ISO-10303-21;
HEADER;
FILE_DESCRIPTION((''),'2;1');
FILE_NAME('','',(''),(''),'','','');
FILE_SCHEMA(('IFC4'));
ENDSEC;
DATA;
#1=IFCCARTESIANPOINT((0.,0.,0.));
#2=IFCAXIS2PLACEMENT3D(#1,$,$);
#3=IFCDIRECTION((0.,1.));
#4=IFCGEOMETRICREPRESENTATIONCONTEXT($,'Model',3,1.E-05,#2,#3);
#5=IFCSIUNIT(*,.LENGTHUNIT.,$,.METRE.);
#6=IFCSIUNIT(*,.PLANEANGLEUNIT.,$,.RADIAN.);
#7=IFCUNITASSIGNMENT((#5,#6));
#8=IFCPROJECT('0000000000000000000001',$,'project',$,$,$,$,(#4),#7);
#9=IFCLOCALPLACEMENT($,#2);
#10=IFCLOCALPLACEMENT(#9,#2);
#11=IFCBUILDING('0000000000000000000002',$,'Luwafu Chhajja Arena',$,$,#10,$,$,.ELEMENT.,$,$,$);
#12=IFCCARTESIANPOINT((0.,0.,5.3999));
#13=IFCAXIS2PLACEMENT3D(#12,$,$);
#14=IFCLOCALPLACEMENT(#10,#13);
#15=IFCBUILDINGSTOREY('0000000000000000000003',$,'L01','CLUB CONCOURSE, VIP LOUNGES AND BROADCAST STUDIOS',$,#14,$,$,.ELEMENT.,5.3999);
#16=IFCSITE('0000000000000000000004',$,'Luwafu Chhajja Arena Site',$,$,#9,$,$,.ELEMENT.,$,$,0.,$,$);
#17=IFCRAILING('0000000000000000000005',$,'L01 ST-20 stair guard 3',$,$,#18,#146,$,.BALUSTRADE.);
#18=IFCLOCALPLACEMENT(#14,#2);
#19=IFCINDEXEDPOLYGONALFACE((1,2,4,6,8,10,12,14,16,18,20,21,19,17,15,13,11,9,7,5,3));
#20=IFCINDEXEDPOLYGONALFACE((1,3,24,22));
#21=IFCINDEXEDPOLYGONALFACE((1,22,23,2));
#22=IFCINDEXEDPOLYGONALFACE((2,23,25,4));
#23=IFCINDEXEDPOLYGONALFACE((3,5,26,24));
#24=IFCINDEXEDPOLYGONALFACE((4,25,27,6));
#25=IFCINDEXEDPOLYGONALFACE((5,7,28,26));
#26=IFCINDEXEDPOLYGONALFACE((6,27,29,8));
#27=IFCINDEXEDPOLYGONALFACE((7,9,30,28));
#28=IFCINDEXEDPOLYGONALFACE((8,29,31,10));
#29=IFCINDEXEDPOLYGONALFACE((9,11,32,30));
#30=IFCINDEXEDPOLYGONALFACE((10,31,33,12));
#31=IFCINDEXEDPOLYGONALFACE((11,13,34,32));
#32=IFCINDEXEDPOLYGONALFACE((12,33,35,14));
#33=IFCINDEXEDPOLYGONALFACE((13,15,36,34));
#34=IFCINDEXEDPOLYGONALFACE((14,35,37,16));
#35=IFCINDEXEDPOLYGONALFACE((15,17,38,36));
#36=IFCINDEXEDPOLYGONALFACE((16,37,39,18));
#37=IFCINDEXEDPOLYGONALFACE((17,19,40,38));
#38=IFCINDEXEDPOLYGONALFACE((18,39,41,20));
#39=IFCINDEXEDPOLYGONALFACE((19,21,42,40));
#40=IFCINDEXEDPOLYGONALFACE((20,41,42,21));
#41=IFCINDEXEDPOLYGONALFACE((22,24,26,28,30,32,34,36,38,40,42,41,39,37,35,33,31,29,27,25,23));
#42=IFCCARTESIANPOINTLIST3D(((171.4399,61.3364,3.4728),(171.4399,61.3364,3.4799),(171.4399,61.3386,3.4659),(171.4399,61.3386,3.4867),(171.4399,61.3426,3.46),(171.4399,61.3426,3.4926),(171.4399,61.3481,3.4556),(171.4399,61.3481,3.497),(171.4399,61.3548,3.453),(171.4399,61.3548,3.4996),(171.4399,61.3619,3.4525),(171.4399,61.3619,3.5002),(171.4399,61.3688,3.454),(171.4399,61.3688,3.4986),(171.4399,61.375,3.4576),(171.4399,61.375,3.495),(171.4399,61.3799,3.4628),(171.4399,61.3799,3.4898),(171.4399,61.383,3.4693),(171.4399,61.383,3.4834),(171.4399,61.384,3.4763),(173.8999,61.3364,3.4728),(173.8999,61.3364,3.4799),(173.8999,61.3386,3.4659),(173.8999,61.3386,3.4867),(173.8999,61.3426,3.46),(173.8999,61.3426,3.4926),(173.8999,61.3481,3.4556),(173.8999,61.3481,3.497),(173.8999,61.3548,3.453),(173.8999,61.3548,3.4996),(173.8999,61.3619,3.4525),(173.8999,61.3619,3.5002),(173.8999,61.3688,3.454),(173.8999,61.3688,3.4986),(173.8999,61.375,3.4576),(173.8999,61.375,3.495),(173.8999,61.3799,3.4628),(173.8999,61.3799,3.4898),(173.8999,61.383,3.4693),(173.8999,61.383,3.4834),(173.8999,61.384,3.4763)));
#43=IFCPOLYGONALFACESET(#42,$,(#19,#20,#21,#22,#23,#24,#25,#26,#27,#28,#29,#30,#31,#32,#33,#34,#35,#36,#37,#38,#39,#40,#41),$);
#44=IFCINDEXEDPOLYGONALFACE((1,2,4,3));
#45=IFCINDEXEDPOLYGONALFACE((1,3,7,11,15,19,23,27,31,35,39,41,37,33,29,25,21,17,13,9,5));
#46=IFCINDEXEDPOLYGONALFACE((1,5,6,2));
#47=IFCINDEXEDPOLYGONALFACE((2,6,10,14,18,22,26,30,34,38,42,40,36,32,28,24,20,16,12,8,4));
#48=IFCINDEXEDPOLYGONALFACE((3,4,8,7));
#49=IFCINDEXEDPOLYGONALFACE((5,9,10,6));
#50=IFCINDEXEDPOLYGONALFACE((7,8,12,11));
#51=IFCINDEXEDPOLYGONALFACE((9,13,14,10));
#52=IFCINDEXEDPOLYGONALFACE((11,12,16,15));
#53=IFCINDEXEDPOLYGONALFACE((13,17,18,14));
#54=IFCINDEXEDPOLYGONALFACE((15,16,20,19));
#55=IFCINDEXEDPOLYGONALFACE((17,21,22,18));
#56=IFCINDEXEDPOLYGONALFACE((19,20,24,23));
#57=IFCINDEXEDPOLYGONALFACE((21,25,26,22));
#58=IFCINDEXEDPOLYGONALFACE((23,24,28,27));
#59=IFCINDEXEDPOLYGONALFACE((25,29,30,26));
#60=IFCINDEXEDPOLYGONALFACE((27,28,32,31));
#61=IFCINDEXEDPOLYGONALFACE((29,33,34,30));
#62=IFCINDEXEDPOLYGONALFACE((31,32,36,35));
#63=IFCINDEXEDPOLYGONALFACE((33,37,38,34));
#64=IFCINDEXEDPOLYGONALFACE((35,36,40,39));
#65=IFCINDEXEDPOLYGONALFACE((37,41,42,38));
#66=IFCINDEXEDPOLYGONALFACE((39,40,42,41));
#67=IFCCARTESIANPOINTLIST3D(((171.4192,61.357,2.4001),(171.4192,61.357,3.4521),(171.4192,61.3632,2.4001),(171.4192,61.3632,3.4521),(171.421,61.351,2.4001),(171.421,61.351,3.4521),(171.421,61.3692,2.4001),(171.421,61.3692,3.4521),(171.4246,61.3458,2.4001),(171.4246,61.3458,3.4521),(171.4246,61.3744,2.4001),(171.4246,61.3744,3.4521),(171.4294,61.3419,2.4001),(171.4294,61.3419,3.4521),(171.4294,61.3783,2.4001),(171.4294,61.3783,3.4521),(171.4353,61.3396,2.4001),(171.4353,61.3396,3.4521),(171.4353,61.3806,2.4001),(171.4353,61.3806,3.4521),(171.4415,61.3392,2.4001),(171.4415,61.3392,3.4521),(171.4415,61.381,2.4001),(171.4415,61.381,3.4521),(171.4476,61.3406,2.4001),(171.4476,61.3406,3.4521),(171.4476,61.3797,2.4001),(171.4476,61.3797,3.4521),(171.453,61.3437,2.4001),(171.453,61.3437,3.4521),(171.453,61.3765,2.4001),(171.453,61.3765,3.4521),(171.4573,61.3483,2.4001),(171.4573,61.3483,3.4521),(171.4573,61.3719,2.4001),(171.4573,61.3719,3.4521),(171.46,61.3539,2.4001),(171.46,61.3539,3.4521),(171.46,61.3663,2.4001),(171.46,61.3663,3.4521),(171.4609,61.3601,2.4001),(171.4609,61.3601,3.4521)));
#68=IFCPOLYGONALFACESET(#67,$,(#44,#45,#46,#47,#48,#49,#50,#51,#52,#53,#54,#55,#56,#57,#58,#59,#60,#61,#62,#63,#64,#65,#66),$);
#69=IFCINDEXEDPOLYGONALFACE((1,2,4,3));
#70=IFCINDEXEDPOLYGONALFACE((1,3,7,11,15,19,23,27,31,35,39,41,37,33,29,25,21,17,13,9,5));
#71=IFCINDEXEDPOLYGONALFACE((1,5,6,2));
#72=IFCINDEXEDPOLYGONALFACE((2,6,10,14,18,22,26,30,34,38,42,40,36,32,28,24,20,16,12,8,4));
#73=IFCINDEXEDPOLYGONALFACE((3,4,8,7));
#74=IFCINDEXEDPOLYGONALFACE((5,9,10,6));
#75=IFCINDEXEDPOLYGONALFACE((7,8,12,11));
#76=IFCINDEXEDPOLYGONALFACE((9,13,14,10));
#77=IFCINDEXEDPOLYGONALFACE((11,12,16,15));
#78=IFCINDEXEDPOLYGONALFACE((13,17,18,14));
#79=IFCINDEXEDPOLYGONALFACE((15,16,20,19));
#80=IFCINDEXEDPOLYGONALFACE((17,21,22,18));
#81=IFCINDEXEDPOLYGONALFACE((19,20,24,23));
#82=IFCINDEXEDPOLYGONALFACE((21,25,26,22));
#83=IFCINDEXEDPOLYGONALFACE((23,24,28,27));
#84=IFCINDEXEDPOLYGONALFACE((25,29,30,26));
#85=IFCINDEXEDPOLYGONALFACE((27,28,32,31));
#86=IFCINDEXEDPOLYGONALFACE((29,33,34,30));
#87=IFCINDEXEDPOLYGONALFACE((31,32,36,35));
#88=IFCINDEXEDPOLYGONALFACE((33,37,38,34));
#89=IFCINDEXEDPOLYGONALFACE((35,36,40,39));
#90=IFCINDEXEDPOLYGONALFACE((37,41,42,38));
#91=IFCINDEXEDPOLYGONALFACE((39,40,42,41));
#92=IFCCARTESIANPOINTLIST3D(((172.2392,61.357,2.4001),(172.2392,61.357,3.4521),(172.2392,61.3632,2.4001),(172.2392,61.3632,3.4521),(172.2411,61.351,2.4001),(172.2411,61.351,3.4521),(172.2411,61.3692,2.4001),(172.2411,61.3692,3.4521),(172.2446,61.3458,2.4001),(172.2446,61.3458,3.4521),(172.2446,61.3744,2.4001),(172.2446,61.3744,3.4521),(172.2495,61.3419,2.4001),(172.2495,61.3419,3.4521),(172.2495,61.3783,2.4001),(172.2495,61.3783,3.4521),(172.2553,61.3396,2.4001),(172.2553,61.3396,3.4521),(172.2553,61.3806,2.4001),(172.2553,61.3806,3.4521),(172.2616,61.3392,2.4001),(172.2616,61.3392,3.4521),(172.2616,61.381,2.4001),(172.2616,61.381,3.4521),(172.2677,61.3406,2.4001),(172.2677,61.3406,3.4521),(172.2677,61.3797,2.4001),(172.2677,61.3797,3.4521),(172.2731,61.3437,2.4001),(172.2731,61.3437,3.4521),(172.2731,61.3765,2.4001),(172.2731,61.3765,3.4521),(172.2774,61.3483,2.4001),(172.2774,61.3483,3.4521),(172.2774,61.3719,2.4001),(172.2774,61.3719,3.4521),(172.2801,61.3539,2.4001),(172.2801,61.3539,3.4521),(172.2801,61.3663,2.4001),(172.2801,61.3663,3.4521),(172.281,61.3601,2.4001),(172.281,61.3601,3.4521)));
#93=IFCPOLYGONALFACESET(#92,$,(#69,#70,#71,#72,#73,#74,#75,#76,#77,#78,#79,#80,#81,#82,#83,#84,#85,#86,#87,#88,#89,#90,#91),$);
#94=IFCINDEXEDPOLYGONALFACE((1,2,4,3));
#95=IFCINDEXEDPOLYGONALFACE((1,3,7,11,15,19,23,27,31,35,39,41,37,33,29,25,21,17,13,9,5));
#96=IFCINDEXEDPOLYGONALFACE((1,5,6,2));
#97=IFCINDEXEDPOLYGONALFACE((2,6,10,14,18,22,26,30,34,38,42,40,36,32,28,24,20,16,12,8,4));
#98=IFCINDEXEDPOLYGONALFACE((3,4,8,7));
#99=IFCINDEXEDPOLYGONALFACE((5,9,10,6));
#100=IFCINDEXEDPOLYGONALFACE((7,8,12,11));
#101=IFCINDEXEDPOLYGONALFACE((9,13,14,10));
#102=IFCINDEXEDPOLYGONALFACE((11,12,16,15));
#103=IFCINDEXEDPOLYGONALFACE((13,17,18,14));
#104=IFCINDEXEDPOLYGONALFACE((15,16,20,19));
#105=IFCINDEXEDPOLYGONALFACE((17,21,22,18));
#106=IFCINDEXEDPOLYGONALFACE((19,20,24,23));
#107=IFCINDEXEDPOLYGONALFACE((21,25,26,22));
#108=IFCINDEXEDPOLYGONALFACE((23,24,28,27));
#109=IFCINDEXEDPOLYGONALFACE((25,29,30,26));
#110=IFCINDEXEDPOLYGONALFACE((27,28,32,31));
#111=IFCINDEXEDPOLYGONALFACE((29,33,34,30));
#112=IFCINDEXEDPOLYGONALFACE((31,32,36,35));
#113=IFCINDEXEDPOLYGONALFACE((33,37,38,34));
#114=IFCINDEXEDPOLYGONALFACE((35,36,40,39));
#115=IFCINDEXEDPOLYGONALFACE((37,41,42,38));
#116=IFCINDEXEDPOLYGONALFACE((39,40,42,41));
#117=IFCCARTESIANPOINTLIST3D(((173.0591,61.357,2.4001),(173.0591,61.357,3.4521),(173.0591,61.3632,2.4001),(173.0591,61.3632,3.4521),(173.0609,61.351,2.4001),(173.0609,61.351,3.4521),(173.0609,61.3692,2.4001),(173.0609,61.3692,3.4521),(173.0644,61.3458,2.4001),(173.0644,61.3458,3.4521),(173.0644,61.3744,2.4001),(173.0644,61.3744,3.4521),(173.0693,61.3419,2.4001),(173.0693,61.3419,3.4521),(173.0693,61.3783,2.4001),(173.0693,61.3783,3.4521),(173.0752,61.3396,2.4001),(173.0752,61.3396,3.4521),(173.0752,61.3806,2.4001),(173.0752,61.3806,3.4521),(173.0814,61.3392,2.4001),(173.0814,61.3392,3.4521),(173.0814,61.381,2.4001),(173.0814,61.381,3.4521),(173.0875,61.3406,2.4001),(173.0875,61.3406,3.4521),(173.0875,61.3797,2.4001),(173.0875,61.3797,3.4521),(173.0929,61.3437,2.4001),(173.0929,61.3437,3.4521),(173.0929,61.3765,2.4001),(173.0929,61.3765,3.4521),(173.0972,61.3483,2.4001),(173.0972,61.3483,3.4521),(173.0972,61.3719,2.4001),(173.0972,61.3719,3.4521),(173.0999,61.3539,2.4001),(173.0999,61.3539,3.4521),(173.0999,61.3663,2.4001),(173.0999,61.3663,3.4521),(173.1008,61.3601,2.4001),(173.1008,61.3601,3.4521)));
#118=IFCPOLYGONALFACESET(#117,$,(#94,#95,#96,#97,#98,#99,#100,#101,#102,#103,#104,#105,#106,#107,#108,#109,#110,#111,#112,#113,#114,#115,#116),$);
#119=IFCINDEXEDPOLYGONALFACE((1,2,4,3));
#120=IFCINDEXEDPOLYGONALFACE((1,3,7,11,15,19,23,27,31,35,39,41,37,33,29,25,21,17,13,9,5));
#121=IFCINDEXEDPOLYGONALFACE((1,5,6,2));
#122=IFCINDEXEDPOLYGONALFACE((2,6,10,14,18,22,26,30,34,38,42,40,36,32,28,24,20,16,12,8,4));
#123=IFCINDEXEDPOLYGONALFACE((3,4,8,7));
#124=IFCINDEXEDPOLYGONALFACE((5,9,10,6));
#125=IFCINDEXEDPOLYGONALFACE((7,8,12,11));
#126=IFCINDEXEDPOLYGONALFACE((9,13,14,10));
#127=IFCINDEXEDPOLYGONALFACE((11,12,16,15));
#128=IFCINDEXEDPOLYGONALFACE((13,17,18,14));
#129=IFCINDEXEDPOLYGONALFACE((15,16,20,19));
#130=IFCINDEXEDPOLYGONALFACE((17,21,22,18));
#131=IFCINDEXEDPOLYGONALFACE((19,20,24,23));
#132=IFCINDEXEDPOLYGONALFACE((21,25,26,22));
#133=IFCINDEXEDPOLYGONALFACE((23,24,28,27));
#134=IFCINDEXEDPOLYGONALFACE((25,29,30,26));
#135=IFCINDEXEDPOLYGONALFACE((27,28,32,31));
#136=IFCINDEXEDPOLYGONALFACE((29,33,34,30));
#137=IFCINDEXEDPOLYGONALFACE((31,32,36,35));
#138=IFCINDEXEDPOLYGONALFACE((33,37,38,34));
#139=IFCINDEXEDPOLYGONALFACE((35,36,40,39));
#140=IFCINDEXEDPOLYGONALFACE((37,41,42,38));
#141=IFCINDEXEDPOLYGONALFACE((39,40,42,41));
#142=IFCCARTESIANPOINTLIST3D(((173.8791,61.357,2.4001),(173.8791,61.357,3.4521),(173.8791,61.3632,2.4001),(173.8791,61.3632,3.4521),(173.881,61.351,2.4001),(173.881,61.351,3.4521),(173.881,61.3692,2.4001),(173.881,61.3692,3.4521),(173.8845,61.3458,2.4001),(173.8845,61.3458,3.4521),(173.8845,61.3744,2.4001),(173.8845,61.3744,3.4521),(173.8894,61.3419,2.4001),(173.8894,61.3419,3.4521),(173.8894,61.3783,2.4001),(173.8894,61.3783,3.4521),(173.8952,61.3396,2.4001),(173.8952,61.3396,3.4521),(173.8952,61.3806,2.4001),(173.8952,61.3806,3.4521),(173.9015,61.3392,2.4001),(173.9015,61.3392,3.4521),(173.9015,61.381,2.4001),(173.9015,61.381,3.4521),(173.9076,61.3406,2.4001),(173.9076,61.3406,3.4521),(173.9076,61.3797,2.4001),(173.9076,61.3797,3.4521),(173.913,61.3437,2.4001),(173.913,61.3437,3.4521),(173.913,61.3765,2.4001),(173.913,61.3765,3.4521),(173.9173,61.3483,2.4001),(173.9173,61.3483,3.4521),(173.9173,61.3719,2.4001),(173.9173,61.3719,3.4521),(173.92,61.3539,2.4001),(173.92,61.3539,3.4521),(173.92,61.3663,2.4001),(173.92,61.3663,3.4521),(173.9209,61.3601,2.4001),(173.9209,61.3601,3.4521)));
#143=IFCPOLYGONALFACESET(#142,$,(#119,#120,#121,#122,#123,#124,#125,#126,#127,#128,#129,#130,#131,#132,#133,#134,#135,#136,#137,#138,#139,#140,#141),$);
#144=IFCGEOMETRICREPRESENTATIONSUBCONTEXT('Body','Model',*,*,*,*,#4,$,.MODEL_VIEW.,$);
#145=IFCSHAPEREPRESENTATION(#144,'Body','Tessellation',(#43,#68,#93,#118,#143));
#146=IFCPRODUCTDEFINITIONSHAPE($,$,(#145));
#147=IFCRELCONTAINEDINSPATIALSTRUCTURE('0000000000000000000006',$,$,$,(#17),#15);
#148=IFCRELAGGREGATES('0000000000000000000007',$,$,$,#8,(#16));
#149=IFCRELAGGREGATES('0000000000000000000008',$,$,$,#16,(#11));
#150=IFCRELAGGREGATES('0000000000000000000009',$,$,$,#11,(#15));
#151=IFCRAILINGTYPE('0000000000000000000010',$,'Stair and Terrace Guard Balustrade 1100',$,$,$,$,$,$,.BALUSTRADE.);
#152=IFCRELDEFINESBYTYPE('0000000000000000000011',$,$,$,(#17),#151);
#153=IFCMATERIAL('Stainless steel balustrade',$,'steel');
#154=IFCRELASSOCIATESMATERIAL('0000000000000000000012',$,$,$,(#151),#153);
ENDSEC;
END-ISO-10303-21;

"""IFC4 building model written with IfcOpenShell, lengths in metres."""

from ifc_helpers import new_model, si_unit, direction, frame, origin, origin_2d, place, context, subcontext, project, spatial, circle, extrude, material, type_object, element, save


model = new_model("IFC4")

# Units and contexts
model_context = context("Model", 3, precision=1e-05, world=origin(), true_north=direction((0.0, 1.0)))
body_context = subcontext(model_context, "Body", "Model", "MODEL_VIEW")
ifc_project = project(units=[si_unit("LENGTHUNIT", "METRE"), si_unit("PLANEANGLEUNIT", "RADIAN")], contexts=[model_context])

# Site, building, storey
site_placement = place(None, origin())
site = spatial("IfcSite", under=ifc_project, at=site_placement, Name="Luwafu Chhajja Arena Site", CompositionType="ELEMENT", RefElevation=0.0)
building_placement = place(site_placement, origin())
building = spatial("IfcBuilding", under=site, at=building_placement, Name="Luwafu Chhajja Arena", CompositionType="ELEMENT")
storey_placement = place(building_placement, frame((0.0, 0.0, 5.3999)))
storey = spatial("IfcBuildingStorey", under=building, at=storey_placement, Name="L01", Description="CLUB CONCOURSE, VIP LOUNGES AND BROADCAST STUDIOS", CompositionType="ELEMENT", Elevation=5.3999)

# Railing
ifc_material_1 = material(Name="Stainless steel balustrade", Category="steel")
railing_type_1 = type_object("IfcRailingType", Name="Stair and Terrace Guard Balustrade 1100", PredefinedType="BALUSTRADE", material=ifc_material_1)
railing_1_placement = place(storey_placement, frame((171.4399, 61.3601, 2.4001)))
element("IfcRailing", 1, at=railing_1_placement, inside=storey, type_object=railing_type_1, Name="L01 ST-20 stair guard 3", PredefinedType="BALUSTRADE", context=body_context, shape_type="SweptSolid", body=[
    extrude(circle(Radius=0.0239, at=origin_2d()), frame((0.0, 0.0, 1.0762), z_axis=(1.0, 0.0, 0.0), x_axis=(0.0, 1.0, 0.0)), (0.0, 0.0, 1.0), 2.46),
    extrude(circle(Radius=0.021, at=origin_2d()), origin(), (0.0, 0.0, 1.0), 1.052),
    extrude(circle(Radius=0.021, at=origin_2d()), frame((0.8201, 0.0, 0.0)), (0.0, 0.0, 1.0), 1.052),
    extrude(circle(Radius=0.021, at=origin_2d()), frame((1.6399, 0.0, 0.0)), (0.0, 0.0, 1.0), 1.052),
    extrude(circle(Radius=0.021, at=origin_2d()), frame((2.46, 0.0, 0.0)), (0.0, 0.0, 1.0), 1.052),
])

save(model, "model.ifc")
